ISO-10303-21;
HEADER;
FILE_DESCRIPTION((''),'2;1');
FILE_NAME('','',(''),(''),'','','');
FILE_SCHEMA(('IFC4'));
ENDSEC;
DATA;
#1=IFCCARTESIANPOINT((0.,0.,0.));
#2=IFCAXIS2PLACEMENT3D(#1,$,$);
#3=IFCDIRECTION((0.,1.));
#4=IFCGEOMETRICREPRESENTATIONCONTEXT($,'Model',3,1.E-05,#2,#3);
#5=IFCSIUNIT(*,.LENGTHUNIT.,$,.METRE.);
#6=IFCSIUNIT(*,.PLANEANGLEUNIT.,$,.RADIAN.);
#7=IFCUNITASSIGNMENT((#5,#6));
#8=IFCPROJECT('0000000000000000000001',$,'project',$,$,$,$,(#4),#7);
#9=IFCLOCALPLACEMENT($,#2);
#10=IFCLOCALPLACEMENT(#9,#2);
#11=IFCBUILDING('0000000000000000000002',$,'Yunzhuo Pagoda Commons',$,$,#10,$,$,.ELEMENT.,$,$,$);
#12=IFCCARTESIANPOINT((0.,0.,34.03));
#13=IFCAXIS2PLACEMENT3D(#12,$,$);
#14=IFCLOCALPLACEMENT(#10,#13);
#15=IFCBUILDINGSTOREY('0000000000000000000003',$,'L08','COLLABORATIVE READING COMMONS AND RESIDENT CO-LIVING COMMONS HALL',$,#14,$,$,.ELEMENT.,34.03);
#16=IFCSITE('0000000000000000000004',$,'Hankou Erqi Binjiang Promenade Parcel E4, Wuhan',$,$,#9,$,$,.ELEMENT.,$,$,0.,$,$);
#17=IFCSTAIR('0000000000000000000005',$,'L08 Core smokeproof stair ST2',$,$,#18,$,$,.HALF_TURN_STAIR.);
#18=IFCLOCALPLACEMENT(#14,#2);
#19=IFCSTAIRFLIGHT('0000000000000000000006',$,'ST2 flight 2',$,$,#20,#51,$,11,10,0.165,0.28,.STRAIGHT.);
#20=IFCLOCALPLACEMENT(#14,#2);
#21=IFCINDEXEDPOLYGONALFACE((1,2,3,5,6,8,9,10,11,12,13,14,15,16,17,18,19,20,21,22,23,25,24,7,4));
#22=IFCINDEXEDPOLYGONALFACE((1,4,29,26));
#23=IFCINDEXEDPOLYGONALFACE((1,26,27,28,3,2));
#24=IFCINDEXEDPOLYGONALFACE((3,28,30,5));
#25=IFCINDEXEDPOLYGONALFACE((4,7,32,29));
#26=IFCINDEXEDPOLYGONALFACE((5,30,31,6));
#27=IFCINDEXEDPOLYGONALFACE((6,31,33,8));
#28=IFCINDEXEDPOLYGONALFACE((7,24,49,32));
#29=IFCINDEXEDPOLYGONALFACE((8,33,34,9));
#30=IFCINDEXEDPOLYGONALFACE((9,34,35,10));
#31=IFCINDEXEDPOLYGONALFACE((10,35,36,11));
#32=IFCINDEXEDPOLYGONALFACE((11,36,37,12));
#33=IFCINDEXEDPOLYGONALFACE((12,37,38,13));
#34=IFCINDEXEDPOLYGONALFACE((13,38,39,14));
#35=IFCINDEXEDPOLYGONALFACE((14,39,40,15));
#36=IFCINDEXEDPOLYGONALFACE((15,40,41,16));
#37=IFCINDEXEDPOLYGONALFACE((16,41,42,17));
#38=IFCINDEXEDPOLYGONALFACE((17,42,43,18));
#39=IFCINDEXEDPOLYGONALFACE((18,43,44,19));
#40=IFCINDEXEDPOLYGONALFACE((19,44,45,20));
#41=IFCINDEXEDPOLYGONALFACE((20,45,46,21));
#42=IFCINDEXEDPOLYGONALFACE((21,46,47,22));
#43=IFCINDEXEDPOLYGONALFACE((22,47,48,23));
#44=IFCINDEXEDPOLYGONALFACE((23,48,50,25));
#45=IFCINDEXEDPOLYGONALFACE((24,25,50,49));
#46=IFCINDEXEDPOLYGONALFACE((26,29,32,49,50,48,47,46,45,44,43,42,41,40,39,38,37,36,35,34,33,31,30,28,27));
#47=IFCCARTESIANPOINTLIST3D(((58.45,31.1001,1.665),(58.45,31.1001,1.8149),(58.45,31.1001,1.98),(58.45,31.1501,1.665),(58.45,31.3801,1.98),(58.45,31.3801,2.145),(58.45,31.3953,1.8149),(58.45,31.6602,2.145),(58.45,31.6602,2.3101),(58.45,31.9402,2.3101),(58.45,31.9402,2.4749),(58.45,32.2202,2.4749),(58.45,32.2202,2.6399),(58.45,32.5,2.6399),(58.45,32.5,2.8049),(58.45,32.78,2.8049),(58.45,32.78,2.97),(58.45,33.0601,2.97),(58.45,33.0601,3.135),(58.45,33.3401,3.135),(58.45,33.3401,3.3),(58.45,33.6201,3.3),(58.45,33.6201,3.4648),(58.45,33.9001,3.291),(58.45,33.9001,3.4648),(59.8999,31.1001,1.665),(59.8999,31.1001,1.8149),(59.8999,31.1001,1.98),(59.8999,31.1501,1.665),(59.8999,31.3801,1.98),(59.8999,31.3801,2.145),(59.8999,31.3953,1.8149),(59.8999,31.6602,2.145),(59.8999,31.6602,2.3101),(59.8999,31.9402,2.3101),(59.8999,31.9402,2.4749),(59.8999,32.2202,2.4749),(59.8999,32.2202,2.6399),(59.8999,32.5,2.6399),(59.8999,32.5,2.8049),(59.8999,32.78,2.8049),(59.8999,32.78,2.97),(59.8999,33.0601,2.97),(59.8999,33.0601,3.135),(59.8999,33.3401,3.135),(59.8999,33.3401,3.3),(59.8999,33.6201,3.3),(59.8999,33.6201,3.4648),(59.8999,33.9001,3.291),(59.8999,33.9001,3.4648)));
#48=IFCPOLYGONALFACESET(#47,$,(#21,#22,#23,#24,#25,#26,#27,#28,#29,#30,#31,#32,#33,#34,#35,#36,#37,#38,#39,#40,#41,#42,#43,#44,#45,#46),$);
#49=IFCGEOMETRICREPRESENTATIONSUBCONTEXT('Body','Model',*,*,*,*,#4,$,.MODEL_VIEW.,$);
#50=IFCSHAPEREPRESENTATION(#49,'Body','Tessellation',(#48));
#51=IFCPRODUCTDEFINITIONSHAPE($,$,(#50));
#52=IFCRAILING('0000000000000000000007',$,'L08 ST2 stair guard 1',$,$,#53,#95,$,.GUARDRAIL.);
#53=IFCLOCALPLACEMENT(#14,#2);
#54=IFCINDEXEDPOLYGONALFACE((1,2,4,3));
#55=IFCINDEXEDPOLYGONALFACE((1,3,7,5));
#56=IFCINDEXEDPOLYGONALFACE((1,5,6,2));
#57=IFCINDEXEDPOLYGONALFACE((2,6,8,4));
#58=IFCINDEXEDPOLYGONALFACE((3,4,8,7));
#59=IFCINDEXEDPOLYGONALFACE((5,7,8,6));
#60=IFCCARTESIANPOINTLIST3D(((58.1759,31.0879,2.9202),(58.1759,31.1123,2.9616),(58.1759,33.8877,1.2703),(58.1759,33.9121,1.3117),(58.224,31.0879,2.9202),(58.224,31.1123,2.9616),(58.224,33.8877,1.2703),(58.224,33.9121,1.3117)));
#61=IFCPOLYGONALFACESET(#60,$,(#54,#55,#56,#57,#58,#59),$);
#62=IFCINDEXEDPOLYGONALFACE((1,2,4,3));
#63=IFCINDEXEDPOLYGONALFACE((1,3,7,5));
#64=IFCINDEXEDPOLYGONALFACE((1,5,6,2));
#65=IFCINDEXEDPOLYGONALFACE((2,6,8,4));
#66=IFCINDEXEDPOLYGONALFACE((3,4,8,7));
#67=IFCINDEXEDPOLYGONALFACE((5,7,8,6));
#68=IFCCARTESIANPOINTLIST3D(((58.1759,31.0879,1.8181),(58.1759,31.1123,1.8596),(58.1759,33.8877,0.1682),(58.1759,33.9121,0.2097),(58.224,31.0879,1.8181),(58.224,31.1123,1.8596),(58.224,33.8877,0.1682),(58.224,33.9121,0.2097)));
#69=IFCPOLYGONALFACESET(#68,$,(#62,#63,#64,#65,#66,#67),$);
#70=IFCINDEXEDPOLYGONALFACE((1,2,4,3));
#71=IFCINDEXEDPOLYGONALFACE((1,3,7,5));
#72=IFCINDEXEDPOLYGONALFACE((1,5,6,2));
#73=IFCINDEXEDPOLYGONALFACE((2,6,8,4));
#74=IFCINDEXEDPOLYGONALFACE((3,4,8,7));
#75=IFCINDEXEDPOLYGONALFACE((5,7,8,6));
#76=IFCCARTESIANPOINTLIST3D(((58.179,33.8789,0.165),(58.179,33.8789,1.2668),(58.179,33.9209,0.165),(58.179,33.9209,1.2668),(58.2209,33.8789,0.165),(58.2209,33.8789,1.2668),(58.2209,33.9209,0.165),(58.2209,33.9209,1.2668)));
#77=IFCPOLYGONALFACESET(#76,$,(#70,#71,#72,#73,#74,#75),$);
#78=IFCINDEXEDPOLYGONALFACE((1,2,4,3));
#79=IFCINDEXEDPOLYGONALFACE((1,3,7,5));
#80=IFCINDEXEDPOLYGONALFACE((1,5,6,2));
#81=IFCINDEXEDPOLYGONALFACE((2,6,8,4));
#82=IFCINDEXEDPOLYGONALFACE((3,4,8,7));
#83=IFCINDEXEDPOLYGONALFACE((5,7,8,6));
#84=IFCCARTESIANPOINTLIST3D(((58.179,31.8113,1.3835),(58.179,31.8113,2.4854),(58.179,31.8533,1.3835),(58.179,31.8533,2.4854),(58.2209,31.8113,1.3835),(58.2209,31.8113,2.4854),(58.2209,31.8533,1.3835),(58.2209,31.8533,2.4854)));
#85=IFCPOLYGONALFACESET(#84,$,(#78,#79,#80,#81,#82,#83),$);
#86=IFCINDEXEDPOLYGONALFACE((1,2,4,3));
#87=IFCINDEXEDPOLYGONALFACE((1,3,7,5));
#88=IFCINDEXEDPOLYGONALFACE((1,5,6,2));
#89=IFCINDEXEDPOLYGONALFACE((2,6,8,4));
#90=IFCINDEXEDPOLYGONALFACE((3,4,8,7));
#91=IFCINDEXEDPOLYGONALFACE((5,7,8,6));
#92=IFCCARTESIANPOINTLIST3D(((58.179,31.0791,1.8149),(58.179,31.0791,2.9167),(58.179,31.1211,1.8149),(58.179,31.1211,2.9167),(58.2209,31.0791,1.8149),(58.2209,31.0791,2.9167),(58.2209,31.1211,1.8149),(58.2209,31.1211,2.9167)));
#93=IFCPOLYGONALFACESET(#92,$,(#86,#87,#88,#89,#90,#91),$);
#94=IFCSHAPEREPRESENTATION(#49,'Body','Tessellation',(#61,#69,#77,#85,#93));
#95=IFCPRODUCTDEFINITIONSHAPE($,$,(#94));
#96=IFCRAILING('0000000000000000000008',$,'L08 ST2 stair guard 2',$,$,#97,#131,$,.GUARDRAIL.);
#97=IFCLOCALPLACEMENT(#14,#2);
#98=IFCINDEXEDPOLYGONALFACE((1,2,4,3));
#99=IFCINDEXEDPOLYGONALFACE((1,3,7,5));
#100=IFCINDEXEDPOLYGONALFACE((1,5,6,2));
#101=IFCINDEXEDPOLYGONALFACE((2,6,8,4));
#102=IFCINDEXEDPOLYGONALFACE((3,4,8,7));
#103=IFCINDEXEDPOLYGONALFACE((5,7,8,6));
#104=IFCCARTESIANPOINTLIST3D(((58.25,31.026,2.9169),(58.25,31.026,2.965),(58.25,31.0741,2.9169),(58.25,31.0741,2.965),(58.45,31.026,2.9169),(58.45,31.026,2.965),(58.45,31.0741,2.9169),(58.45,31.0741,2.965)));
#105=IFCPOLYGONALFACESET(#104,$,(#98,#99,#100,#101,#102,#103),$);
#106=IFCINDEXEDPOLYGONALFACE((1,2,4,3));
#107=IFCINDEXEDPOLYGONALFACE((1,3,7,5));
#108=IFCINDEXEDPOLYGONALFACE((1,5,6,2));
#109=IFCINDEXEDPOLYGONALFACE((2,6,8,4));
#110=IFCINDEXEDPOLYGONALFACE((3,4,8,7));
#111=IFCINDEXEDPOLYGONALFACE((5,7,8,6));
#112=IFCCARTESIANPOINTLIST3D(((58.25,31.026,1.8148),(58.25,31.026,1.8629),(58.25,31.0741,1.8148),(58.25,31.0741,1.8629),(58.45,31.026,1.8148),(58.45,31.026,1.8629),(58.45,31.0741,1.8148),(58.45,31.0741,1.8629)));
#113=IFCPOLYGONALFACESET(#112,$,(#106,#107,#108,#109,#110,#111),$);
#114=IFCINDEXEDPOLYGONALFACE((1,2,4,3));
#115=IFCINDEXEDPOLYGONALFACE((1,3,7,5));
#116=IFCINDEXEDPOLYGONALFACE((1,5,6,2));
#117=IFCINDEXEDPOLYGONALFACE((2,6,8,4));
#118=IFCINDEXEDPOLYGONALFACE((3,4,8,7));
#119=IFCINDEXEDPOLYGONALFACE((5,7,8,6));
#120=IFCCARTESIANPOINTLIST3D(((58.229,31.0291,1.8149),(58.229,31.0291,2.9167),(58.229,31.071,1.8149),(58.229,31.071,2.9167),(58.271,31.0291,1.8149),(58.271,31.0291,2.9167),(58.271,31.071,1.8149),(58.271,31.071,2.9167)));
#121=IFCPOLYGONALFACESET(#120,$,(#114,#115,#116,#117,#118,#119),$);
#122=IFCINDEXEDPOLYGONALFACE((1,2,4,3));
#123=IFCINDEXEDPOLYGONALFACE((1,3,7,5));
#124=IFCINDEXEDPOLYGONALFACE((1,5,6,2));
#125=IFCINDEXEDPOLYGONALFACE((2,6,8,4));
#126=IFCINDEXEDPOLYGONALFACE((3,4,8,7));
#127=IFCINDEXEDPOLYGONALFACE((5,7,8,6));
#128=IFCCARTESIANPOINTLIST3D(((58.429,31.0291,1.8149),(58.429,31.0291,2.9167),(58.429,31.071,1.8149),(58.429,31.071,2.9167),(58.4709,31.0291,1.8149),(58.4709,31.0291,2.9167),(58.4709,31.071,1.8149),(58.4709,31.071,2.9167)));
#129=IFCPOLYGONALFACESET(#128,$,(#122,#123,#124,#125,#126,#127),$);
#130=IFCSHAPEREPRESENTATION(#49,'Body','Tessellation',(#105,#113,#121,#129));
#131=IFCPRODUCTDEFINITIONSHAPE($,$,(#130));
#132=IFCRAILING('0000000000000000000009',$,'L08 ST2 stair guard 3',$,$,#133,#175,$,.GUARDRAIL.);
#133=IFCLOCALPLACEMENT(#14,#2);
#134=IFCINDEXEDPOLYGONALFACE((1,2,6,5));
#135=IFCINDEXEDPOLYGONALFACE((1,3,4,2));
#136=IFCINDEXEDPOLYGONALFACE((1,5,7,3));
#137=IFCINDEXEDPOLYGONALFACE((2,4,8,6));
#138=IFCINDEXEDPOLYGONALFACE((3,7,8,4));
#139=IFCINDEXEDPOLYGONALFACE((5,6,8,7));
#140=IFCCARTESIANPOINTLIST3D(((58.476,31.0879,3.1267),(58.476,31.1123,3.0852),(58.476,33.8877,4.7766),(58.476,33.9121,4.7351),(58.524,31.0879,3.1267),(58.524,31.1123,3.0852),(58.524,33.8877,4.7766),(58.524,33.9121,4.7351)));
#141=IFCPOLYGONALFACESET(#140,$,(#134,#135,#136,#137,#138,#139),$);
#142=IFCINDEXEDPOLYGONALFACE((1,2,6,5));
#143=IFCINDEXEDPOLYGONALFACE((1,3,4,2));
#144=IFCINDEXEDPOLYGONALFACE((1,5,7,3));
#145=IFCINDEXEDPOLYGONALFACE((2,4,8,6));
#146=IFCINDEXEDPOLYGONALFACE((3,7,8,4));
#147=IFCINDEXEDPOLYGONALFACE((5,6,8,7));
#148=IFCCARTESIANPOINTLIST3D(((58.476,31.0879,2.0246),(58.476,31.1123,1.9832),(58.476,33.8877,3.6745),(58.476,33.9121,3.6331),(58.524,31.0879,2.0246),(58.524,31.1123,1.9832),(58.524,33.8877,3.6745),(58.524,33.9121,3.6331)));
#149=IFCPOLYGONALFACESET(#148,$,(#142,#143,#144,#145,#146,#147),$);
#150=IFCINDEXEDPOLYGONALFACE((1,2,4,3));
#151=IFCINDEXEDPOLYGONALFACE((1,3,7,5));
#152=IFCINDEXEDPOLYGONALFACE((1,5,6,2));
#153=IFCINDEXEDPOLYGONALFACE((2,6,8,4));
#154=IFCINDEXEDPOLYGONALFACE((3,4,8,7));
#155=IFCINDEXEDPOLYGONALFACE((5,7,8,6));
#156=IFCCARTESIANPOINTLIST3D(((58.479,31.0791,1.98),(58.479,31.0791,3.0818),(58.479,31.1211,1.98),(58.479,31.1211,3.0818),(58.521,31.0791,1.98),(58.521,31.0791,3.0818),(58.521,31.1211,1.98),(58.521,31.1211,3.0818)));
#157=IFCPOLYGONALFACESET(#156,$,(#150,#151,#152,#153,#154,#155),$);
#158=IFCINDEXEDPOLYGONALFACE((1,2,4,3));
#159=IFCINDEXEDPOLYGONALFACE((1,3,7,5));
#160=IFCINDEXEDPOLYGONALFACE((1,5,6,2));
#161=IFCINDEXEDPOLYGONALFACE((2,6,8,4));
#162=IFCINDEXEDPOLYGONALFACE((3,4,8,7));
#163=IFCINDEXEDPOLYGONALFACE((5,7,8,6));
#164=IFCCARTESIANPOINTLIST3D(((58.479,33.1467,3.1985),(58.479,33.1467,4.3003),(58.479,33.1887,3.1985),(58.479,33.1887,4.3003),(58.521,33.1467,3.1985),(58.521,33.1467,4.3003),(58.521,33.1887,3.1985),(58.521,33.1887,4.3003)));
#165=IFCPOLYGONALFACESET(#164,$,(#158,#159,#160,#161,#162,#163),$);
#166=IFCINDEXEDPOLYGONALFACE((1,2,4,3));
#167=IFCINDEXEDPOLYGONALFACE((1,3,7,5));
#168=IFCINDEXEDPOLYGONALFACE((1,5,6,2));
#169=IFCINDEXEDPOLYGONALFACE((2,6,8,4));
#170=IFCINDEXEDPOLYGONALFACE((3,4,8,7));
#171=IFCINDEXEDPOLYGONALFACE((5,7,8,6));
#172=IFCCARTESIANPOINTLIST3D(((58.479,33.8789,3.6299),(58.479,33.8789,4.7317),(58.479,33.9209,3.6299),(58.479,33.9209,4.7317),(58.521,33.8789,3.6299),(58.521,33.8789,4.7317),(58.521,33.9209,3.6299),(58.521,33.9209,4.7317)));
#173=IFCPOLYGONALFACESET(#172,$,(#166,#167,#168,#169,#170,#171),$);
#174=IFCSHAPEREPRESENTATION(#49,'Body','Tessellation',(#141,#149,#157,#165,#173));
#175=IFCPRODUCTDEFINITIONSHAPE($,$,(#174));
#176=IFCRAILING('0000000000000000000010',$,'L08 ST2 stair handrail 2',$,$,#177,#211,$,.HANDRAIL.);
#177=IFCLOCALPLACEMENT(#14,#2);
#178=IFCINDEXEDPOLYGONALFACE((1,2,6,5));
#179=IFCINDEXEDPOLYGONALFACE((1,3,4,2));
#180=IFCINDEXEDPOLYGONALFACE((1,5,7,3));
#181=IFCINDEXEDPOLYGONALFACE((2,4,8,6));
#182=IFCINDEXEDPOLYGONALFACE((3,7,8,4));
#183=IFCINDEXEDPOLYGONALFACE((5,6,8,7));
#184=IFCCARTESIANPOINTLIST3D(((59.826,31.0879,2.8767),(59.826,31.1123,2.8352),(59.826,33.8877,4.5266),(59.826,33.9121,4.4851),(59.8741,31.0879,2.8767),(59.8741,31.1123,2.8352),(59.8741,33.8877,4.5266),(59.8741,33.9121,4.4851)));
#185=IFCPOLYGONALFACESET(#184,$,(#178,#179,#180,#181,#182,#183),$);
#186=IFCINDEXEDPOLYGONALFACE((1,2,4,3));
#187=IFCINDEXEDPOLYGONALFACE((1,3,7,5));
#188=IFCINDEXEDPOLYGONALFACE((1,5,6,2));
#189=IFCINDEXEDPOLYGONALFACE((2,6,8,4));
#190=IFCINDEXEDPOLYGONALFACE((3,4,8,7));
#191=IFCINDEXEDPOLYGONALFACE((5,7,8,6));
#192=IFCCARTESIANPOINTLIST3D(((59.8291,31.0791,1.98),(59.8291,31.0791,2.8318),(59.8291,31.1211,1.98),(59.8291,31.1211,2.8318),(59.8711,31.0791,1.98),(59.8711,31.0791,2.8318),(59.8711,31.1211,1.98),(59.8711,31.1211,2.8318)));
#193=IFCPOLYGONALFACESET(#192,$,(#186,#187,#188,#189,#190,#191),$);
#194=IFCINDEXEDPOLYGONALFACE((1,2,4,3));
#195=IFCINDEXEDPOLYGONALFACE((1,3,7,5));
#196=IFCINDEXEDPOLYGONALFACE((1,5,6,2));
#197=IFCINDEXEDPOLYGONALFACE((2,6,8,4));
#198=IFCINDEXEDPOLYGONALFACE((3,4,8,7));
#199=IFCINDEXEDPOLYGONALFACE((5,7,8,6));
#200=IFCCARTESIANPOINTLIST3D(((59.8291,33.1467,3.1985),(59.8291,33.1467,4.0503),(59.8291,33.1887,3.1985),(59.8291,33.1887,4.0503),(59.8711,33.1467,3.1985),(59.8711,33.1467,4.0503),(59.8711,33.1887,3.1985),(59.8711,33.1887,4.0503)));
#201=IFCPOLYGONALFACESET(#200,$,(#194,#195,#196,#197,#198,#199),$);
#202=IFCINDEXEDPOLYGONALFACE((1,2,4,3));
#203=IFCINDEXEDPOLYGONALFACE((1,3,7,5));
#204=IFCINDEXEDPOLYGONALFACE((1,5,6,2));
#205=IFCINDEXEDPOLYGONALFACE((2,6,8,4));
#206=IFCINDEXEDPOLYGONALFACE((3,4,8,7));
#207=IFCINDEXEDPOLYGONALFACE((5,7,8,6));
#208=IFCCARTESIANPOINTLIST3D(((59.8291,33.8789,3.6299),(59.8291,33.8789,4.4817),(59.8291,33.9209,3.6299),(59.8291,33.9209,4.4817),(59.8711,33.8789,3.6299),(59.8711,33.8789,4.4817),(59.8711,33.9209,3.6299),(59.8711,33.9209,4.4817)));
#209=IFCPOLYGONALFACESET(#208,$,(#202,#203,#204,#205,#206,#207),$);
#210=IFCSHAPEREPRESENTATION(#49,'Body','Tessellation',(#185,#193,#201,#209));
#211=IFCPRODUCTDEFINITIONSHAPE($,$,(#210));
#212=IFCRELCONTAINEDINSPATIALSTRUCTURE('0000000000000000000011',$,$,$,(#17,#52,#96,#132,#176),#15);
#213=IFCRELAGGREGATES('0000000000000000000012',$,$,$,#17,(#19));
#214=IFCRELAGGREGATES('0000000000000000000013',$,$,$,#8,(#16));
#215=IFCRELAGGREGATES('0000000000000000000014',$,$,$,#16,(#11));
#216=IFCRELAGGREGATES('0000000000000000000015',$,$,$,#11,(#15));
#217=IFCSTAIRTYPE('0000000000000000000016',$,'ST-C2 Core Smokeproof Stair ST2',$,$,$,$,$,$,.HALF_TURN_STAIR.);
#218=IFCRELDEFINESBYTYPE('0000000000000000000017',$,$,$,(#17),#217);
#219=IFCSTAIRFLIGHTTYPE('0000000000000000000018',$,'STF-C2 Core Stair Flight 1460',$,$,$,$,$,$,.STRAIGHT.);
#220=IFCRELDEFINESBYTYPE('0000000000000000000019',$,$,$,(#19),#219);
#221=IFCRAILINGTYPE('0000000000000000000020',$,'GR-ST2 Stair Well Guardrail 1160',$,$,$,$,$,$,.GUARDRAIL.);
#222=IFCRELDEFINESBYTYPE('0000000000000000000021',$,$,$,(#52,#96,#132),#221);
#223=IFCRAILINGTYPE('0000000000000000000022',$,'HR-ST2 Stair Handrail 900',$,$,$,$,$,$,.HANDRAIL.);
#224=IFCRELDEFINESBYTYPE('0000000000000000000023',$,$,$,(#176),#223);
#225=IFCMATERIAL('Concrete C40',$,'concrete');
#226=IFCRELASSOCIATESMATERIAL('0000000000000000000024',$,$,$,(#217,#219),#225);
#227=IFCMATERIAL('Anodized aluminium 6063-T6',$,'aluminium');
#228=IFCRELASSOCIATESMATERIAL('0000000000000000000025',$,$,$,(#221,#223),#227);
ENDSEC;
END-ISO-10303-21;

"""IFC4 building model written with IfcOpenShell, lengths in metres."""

from ifc_helpers import new_model, si_unit, direction, frame, origin, origin_2d, place, context, subcontext, project, spatial, polyline, rectangle, outline, extrude, source, transform, mapped, material, type_object, element, aggregate, save


model = new_model("IFC4")

# Units and contexts
model_context = context("Model", 3, precision=1e-05, world=origin(), true_north=direction((0.0, 1.0)))
body_context = subcontext(model_context, "Body", "Model", "MODEL_VIEW")
ifc_project = project(units=[si_unit("LENGTHUNIT", "METRE"), si_unit("PLANEANGLEUNIT", "RADIAN")], contexts=[model_context])

# Site, building, storey
site_placement = place(None, origin())
site = spatial("IfcSite", under=ifc_project, at=site_placement, Name="Hankou Erqi Binjiang Promenade Parcel E4, Wuhan", CompositionType="ELEMENT", RefElevation=0.0)
building_placement = place(site_placement, origin())
building = spatial("IfcBuilding", under=site, at=building_placement, Name="Yunzhuo Pagoda Commons", CompositionType="ELEMENT")
storey_placement = place(building_placement, frame((0.0, 0.0, 34.03)))
storey = spatial("IfcBuildingStorey", under=building, at=storey_placement, Name="L08", Description="COLLABORATIVE READING COMMONS AND RESIDENT CO-LIVING COMMONS HALL", CompositionType="ELEMENT", Elevation=34.03)

# Shared definitions
ifc_material_1 = material(Name="Anodized aluminium 6063-T6", Category="aluminium")

# Stair, stair flight
ifc_material_2 = material(Name="Concrete C40", Category="concrete")
stair_type = type_object("IfcStairType", Name="ST-C2 Core Smokeproof Stair ST2", PredefinedType="HALF_TURN_STAIR", material=ifc_material_2)
stair_placement = place(storey_placement, origin())
stair = element("IfcStair", 1, at=stair_placement, inside=storey, type_object=stair_type, Name="L08 Core smokeproof stair ST2", PredefinedType="HALF_TURN_STAIR")
stair_flight_type = type_object("IfcStairFlightType", Name="STF-C2 Core Stair Flight 1460", PredefinedType="STRAIGHT", material=ifc_material_2)
shared_shape_1 = source(origin(), body_context, "Body", "SweptSolid", [
    extrude(outline(polyline([(0.0, -0.1499), (0.0, 0.0), (0.0, 0.165), (0.28, 0.165), (0.28, 0.3301), (0.5601, 0.3301), (0.5601, 0.4951), (0.8401, 0.4951), (0.8401, 0.6599), (1.1201, 0.6599), (1.1201, 0.825), (1.3999, 0.825), (1.3999, 0.99), (1.6799, 0.99), (1.6799, 1.155), (1.96, 1.155), (1.96, 1.3201), (2.24, 1.3201), (2.24, 1.4851), (2.52, 1.4851), (2.52, 1.6499), (2.8, 1.6499), (2.8, 1.8149), (2.8, 1.4761), (0.2952, 0.0), (0.05, -0.1499), (0.0, -0.1499)])), frame((0.0, 0.7251, 0.0), z_axis=(0.0, -1.0, 0.0), x_axis=(1.0, 0.0, 0.0)), (0.0, 0.0, 1.0), 1.45),
])
stair_flight_placement = place(storey_placement, frame((59.175, 31.1001, 1.8149), z_axis=(0.0, 0.0, 1.0), x_axis=(0.0, 1.0, 0.0)))
stair_flight = element("IfcStairFlight", 2, at=stair_flight_placement, type_object=stair_flight_type, Name="ST2 flight 2", NumberOfRisers=11, NumberOfTreads=10, PredefinedType="STRAIGHT", RiserHeight=0.165, TreadLength=0.28, context=body_context, shape_type="MappedRepresentation", body=[
    mapped(shared_shape_1, transform((0.0, 0.0, 0.0), scale=1.0)),
])
aggregate(stair, [stair_flight])

# Railings
railing_type_1 = type_object("IfcRailingType", Name="GR-ST2 Stair Well Guardrail 1160", PredefinedType="GUARDRAIL", material=ifc_material_1)
railing_1_placement = place(storey_placement, frame((58.2, 33.8999, 0.165)))
element("IfcRailing", 3, at=railing_1_placement, inside=storey, type_object=railing_type_1, Name="L08 ST2 stair guard 1", PredefinedType="GUARDRAIL", context=body_context, shape_type="SweptSolid", body=[
    extrude(rectangle(XDim=0.0481, YDim=0.0481, at=origin_2d()), frame((0.0, 0.0, 1.126), z_axis=(0.0, -0.861536, 0.507696), x_axis=(1.0, 0.0, 0.0)), (0.0, 0.0, 1.0), 3.2498),
    extrude(rectangle(XDim=0.0481, YDim=0.0481, at=origin_2d()), frame((0.0, 0.0, 0.0239), z_axis=(0.0, -0.861536, 0.507696), x_axis=(1.0, 0.0, 0.0)), (0.0, 0.0, 1.0), 3.2498),
    extrude(rectangle(XDim=0.042, YDim=0.042, at=origin_2d()), origin(), (0.0, 0.0, 1.0), 1.1018),
    extrude(rectangle(XDim=0.042, YDim=0.042, at=origin_2d()), frame((0.0, -2.0676, 1.2185)), (0.0, 0.0, 1.0), 1.1018),
    extrude(rectangle(XDim=0.042, YDim=0.042, at=origin_2d()), frame((0.0, -2.7998, 1.6499)), (0.0, 0.0, 1.0), 1.1018),
])
railing_2_placement = place(storey_placement, frame((58.25, 31.05, 1.8149)))
element("IfcRailing", 4, at=railing_2_placement, inside=storey, type_object=railing_type_1, Name="L08 ST2 stair guard 2", PredefinedType="GUARDRAIL", context=body_context, shape_type="SweptSolid", body=[
    extrude(rectangle(XDim=0.0481, YDim=0.0481, at=origin_2d()), frame((0.0, 0.0, 1.126), z_axis=(1.0, 0.0, 0.0), x_axis=(0.0, 1.0, 0.0)), (0.0, 0.0, 1.0), 0.2),
    extrude(rectangle(XDim=0.0481, YDim=0.0481, at=origin_2d()), frame((0.0, 0.0, 0.0239), z_axis=(1.0, 0.0, 0.0), x_axis=(0.0, 1.0, 0.0)), (0.0, 0.0, 1.0), 0.2),
    extrude(rectangle(XDim=0.042, YDim=0.042, at=origin_2d()), origin(), (0.0, 0.0, 1.0), 1.1018),
    extrude(rectangle(XDim=0.042, YDim=0.042, at=origin_2d()), frame((0.2, 0.0, 0.0)), (0.0, 0.0, 1.0), 1.1018),
])
railing_3_placement = place(storey_placement, frame((58.5, 31.1001, 1.98)))
element("IfcRailing", 5, at=railing_3_placement, inside=storey, type_object=railing_type_1, Name="L08 ST2 stair guard 3", PredefinedType="GUARDRAIL", context=body_context, shape_type="SweptSolid", body=[
    extrude(rectangle(XDim=0.0481, YDim=0.0481, at=origin_2d()), frame((0.0, 0.0, 1.126), z_axis=(0.0, 0.861536, 0.507696), x_axis=(-1.0, 0.0, 0.0)), (0.0, 0.0, 1.0), 3.2498),
    extrude(rectangle(XDim=0.0481, YDim=0.0481, at=origin_2d()), frame((0.0, 0.0, 0.0239), z_axis=(0.0, 0.861536, 0.507696), x_axis=(-1.0, 0.0, 0.0)), (0.0, 0.0, 1.0), 3.2498),
    extrude(rectangle(XDim=0.042, YDim=0.042, at=origin_2d()), origin(), (0.0, 0.0, 1.0), 1.1018),
    extrude(rectangle(XDim=0.042, YDim=0.042, at=origin_2d()), frame((0.0, 2.0676, 1.2185)), (0.0, 0.0, 1.0), 1.1018),
    extrude(rectangle(XDim=0.042, YDim=0.042, at=origin_2d()), frame((0.0, 2.7998, 1.6499)), (0.0, 0.0, 1.0), 1.1018),
])
railing_type_2 = type_object("IfcRailingType", Name="HR-ST2 Stair Handrail 900", PredefinedType="HANDRAIL", material=ifc_material_1)
railing_4_placement = place(storey_placement, frame((59.8501, 31.1001, 1.98)))
element("IfcRailing", 6, at=railing_4_placement, inside=storey, type_object=railing_type_2, Name="L08 ST2 stair handrail 2", PredefinedType="HANDRAIL", context=body_context, shape_type="SweptSolid", body=[
    extrude(rectangle(XDim=0.0481, YDim=0.0481, at=origin_2d()), frame((0.0, 0.0, 0.876), z_axis=(0.0, 0.861536, 0.507696), x_axis=(-1.0, 0.0, 0.0)), (0.0, 0.0, 1.0), 3.2498),
    extrude(rectangle(XDim=0.042, YDim=0.042, at=origin_2d()), origin(), (0.0, 0.0, 1.0), 0.8518),
    extrude(rectangle(XDim=0.042, YDim=0.042, at=origin_2d()), frame((0.0, 2.0676, 1.2185)), (0.0, 0.0, 1.0), 0.8518),
    extrude(rectangle(XDim=0.042, YDim=0.042, at=origin_2d()), frame((0.0, 2.7998, 1.6499)), (0.0, 0.0, 1.0), 0.8518),
])

save(model, "model.ifc")
